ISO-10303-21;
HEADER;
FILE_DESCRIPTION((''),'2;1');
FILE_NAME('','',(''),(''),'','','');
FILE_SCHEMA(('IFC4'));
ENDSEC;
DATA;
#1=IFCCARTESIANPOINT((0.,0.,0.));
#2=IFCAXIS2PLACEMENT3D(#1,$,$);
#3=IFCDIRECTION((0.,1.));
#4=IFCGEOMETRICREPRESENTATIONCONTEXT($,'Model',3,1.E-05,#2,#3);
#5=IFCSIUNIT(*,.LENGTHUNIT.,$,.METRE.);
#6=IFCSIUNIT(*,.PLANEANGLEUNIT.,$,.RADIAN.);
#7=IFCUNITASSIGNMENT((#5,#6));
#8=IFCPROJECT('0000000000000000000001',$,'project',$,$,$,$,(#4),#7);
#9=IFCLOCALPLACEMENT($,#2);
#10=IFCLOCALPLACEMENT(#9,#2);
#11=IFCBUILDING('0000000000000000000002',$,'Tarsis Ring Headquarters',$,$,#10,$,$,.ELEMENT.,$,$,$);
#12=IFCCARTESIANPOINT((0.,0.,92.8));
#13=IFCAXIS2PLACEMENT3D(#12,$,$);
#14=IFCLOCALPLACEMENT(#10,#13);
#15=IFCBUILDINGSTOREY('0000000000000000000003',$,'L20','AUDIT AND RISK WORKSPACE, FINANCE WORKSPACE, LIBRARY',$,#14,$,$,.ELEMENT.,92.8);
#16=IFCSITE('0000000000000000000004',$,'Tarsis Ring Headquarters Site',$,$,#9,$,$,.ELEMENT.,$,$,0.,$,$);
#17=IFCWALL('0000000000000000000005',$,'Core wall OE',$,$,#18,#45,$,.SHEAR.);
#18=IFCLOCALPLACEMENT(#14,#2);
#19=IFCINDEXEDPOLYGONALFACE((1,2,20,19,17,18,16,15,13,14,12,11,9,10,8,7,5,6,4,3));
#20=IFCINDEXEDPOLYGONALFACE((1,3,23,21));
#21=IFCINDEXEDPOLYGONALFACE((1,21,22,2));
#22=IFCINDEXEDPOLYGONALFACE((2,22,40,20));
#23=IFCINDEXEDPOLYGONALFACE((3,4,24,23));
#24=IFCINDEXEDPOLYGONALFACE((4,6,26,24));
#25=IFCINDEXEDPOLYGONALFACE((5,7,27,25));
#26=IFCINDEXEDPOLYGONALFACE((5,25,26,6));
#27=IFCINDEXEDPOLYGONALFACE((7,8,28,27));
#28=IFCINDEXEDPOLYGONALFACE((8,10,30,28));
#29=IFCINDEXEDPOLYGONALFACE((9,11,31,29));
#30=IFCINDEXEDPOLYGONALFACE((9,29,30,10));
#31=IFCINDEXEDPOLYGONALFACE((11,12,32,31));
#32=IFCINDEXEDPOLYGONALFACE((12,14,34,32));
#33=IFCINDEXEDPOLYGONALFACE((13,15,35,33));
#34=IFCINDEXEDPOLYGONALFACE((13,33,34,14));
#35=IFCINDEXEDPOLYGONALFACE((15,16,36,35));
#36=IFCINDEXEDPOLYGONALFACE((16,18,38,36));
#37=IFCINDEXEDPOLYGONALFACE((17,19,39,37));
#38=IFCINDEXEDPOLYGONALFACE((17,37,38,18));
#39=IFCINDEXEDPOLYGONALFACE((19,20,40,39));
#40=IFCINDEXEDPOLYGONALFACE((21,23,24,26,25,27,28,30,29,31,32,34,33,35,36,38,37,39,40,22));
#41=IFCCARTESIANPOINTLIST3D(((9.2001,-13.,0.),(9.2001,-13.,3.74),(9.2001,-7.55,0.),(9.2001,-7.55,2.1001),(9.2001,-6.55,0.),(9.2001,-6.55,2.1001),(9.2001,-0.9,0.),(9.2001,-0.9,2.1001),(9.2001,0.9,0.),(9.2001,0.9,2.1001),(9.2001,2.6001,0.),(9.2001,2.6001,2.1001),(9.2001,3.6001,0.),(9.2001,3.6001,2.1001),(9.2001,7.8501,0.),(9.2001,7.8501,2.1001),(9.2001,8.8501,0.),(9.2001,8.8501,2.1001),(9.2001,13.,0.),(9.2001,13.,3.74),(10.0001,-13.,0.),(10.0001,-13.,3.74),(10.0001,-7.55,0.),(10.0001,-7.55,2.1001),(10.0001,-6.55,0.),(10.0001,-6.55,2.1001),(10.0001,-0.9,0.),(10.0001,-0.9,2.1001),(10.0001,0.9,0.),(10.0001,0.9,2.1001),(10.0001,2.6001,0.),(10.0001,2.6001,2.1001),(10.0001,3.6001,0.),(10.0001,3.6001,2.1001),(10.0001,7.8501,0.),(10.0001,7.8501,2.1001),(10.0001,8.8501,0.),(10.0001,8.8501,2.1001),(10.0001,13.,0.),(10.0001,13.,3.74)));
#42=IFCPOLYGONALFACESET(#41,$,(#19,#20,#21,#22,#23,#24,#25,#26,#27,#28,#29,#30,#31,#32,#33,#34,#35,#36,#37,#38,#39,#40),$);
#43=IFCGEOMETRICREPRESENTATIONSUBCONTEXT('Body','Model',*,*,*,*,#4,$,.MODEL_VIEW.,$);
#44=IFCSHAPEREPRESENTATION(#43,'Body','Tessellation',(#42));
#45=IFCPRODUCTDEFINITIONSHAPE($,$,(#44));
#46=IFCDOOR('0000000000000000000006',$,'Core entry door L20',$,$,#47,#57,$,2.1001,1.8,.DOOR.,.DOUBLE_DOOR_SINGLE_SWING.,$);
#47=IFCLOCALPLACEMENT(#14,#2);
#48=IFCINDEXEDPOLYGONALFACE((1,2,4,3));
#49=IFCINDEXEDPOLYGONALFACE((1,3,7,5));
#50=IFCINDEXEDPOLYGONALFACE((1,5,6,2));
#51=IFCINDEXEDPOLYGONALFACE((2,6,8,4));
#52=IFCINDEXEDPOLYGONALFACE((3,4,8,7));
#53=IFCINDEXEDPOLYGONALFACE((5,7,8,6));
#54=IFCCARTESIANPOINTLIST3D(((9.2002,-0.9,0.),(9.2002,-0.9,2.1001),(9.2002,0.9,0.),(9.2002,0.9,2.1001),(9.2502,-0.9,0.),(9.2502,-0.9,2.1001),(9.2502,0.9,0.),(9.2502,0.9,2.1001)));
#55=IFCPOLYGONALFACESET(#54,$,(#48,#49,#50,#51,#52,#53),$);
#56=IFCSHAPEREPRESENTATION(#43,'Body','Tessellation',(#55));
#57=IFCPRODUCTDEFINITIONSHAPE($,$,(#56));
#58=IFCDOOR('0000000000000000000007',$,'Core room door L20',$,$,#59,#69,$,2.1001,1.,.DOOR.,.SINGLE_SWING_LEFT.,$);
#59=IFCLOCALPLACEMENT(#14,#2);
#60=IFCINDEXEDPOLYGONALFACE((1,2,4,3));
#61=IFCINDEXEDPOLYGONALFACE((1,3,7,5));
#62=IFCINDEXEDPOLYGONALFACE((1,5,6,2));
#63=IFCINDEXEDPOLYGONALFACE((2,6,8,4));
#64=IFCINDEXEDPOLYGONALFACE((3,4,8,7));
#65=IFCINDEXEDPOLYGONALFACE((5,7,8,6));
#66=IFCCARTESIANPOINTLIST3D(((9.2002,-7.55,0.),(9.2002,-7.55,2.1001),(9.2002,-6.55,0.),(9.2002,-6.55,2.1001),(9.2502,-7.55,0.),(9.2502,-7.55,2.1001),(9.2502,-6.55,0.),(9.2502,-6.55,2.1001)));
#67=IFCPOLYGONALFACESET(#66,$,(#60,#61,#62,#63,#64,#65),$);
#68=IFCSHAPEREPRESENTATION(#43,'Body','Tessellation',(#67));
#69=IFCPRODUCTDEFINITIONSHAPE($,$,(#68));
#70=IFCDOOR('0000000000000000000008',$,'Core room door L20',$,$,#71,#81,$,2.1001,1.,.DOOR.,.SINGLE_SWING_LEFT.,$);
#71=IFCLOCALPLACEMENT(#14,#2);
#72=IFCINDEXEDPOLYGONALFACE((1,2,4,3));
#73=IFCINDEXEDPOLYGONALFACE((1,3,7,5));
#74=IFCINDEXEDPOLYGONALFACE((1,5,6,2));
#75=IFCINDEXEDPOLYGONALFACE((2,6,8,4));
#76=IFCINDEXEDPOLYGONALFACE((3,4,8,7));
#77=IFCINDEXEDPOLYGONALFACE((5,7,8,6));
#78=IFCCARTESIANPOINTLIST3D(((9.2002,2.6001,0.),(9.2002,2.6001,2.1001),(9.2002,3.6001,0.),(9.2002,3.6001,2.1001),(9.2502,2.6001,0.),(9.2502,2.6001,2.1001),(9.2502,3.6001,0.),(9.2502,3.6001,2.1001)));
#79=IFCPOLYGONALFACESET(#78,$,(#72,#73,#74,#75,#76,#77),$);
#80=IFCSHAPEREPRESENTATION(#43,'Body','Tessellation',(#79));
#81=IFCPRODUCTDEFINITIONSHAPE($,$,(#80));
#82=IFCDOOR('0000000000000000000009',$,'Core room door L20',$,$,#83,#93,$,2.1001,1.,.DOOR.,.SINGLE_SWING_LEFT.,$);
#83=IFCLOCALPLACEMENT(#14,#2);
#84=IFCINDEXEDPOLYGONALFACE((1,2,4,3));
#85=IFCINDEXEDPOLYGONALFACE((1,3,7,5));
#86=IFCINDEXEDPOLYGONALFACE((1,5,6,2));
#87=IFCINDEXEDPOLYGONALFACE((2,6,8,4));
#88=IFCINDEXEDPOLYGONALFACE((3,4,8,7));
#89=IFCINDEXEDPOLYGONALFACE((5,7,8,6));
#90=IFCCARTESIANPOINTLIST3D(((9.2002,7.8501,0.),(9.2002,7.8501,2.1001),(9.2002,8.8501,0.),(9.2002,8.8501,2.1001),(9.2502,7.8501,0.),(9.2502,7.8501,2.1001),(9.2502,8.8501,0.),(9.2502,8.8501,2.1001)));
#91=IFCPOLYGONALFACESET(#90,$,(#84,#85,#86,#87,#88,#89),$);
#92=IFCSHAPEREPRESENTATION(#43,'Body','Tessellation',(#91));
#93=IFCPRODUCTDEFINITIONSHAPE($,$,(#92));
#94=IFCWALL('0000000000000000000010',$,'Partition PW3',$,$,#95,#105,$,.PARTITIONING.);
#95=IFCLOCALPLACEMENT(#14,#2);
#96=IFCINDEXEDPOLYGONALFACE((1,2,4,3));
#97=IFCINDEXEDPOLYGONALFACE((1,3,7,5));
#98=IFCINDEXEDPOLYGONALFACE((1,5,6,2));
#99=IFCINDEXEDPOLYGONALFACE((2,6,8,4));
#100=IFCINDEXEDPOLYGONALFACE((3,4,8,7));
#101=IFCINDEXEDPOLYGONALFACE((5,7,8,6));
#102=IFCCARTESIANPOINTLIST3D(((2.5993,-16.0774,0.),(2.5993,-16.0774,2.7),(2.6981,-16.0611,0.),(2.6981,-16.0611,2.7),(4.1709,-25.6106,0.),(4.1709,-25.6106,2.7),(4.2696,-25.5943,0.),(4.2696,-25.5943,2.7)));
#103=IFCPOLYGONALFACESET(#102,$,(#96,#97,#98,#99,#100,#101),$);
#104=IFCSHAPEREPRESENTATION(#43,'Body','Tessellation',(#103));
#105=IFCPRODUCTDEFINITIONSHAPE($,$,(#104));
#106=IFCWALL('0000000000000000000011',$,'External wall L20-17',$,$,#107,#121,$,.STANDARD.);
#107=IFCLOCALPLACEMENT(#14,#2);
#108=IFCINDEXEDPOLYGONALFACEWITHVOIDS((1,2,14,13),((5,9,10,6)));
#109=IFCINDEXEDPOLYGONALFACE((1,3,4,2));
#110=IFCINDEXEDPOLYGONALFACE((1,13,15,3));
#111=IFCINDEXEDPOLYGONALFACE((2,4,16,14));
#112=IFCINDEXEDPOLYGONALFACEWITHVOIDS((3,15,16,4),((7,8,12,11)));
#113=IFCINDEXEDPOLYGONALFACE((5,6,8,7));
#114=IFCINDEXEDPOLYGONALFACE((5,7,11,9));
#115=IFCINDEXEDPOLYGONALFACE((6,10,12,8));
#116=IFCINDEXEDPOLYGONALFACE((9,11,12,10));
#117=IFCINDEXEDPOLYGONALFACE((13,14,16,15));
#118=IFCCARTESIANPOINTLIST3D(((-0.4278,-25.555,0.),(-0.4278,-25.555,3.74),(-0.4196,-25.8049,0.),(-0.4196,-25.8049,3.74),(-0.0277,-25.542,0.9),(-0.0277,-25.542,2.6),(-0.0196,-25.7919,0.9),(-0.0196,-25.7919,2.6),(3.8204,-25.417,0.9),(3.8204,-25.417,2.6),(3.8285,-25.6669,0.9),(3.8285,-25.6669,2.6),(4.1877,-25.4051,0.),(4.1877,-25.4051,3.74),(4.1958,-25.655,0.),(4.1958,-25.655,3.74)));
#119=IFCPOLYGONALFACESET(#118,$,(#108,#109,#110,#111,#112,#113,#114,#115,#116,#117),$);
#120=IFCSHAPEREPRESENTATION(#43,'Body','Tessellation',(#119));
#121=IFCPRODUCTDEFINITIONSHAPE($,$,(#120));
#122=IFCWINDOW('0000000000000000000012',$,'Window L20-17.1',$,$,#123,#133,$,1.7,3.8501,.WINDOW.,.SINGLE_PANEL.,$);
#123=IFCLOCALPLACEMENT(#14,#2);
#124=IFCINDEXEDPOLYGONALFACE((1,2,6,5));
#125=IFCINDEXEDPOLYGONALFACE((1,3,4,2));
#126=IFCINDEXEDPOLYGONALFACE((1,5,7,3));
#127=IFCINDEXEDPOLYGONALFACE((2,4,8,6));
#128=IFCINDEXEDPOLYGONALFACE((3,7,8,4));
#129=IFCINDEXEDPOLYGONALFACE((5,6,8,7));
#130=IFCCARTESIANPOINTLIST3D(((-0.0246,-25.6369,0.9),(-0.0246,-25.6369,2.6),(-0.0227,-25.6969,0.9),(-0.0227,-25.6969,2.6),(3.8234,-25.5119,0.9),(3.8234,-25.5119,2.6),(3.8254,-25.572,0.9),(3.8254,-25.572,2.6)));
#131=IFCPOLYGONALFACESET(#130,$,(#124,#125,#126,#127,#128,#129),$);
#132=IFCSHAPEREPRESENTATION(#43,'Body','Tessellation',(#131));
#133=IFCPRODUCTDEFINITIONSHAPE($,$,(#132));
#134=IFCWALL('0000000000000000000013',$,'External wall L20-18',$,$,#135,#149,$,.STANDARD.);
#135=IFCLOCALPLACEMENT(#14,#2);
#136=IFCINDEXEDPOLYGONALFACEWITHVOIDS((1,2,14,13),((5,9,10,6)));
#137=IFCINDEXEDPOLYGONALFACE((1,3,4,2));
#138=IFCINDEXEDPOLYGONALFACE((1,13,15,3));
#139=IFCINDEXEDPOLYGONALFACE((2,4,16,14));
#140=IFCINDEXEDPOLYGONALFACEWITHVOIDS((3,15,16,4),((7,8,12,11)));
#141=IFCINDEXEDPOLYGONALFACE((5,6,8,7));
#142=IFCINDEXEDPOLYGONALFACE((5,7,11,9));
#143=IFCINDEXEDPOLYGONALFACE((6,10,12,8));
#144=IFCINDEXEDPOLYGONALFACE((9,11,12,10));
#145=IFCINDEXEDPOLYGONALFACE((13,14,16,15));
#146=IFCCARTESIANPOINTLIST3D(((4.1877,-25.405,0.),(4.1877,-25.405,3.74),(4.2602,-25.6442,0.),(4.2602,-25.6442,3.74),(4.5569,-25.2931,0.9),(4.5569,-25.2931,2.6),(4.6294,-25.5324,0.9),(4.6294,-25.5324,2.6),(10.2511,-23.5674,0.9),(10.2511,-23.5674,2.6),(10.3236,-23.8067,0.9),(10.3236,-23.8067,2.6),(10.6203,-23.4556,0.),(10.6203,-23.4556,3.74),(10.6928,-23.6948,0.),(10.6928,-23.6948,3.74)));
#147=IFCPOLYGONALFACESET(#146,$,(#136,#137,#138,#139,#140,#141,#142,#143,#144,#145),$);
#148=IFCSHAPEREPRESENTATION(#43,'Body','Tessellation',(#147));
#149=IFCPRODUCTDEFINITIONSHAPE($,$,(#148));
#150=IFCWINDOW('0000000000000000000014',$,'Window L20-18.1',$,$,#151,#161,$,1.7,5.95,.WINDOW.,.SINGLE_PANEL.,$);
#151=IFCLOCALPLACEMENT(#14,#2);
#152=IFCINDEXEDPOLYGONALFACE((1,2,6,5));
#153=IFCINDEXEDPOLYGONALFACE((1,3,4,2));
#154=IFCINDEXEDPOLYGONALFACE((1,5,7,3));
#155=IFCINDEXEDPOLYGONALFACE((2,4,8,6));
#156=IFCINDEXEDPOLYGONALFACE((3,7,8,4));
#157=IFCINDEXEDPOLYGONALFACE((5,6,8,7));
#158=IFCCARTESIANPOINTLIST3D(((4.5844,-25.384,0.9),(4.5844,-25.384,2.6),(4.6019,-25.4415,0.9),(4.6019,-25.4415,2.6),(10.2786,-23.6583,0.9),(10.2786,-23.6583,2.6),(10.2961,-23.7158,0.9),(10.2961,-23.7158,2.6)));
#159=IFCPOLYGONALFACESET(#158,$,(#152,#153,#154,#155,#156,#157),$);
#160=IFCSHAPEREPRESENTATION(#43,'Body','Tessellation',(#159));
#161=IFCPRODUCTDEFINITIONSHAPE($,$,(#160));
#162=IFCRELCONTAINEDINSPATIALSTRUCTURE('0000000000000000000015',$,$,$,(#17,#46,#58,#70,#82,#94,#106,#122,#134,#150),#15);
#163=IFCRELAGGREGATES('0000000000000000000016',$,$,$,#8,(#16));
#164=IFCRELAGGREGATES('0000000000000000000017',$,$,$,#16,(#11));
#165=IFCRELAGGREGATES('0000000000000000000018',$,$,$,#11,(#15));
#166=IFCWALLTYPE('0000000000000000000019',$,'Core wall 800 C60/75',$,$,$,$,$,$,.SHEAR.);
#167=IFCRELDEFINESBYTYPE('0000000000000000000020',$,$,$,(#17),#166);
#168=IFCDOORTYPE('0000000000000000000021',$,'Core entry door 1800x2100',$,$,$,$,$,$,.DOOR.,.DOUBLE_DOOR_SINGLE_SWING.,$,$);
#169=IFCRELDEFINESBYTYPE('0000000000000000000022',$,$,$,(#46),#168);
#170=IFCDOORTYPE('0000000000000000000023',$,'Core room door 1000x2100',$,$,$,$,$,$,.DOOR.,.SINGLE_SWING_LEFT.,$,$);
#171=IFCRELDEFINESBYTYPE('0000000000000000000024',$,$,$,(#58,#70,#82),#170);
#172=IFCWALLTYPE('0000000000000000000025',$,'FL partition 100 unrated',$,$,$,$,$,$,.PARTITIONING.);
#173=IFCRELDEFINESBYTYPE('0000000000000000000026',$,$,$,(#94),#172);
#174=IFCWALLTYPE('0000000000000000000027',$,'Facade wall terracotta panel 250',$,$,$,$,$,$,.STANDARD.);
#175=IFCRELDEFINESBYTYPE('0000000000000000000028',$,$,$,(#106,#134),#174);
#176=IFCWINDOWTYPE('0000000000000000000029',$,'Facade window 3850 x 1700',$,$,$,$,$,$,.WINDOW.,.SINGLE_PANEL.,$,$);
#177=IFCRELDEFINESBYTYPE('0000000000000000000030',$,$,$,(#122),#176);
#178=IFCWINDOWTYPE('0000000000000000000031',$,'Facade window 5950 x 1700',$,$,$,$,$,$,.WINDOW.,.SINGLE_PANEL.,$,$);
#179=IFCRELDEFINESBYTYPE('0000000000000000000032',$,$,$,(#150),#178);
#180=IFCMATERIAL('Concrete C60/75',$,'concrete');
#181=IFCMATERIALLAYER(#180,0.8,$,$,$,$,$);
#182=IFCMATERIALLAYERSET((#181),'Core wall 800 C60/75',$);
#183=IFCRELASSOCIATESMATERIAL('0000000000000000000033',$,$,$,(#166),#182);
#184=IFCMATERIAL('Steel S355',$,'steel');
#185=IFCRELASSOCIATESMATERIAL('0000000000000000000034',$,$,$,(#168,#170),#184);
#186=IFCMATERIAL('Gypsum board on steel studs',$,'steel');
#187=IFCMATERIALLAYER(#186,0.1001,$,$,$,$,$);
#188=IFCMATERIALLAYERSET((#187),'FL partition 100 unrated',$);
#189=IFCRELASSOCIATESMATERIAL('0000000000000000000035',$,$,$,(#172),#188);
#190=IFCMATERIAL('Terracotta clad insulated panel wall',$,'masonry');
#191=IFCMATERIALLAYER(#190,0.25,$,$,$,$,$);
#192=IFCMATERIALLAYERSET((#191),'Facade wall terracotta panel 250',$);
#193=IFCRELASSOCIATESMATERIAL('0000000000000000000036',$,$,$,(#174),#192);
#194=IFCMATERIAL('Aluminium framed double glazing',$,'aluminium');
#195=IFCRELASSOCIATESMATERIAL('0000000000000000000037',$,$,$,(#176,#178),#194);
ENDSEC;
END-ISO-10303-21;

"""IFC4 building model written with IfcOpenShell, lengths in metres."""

from ifc_helpers import new_model, si_unit, direction, frame, frame_2d, origin, place, context, subcontext, project, spatial, rectangle, extrude, material, layer, layer_set, type_object, element, fill, save


model = new_model("IFC4")

# Units and contexts
model_context = context("Model", 3, precision=1e-05, world=origin(), true_north=direction((0.0, 1.0)))
body_context = subcontext(model_context, "Body", "Model", "MODEL_VIEW")
ifc_project = project(units=[si_unit("LENGTHUNIT", "METRE"), si_unit("PLANEANGLEUNIT", "RADIAN")], contexts=[model_context])

# Site, building, storey
site_placement = place(None, origin())
site = spatial("IfcSite", under=ifc_project, at=site_placement, Name="Tarsis Ring Headquarters Site", CompositionType="ELEMENT", RefElevation=0.0)
building_placement = place(site_placement, origin())
building = spatial("IfcBuilding", under=site, at=building_placement, Name="Tarsis Ring Headquarters", CompositionType="ELEMENT")
storey_placement = place(building_placement, frame((0.0, 0.0, 92.8)))
storey = spatial("IfcBuildingStorey", under=building, at=storey_placement, Name="L20", Description="AUDIT AND RISK WORKSPACE, FINANCE WORKSPACE, LIBRARY", CompositionType="ELEMENT", Elevation=92.8)

# Wall, openings, doors
ifc_material_1 = material(Name="Concrete C60/75", Category="concrete")
ifc_layer_1 = layer(ifc_material_1, 0.8)
ifc_layer_set_1 = layer_set([ifc_layer_1], Name="Core wall 800 C60/75")
wall_type_1 = type_object("IfcWallType", Name="Core wall 800 C60/75", PredefinedType="SHEAR", material=ifc_layer_set_1)
wall_1_placement = place(storey_placement, frame((9.6001, -13.0, 0.0), z_axis=(0.0, 0.0, 1.0), x_axis=(0.0, 1.0, 0.0)))
wall_1 = element("IfcWall", 1, at=wall_1_placement, inside=storey, type_object=wall_type_1, Name="Core wall OE", PredefinedType="SHEAR", context=body_context, shape_type="SweptSolid", body=[
    extrude(rectangle(XDim=26.0, YDim=0.8, at=frame_2d((13.0, 0.0))), origin(), (0.0, 0.0, 1.0), 3.74),
])
opening_1_placement = place(wall_1_placement, frame((5.45, 0.0, 0.0)))
opening_1 = element("IfcOpeningElement", 2, at=opening_1_placement, cuts=wall_1, PredefinedType="OPENING", context=body_context, shape_type="SweptSolid", body=[
    extrude(rectangle(XDim=1.0, YDim=2.1001, at=frame_2d((0.5, 1.05))), frame((0.0, 0.4099, 0.0), z_axis=(0.0, -1.0, 0.0), x_axis=(1.0, 0.0, 0.0)), (0.0, 0.0, 1.0), 0.8201),
])
opening_2_placement = place(wall_1_placement, frame((12.1001, 0.0, 0.0)))
opening_2 = element("IfcOpeningElement", 3, at=opening_2_placement, cuts=wall_1, PredefinedType="OPENING", context=body_context, shape_type="SweptSolid", body=[
    extrude(rectangle(XDim=1.8, YDim=2.1001, at=frame_2d((0.8999, 1.05))), frame((0.0, 0.4099, 0.0), z_axis=(0.0, -1.0, 0.0), x_axis=(1.0, 0.0, 0.0)), (0.0, 0.0, 1.0), 0.8201),
])
opening_3_placement = place(wall_1_placement, frame((15.6001, 0.0, 0.0)))
opening_3 = element("IfcOpeningElement", 4, at=opening_3_placement, cuts=wall_1, PredefinedType="OPENING", context=body_context, shape_type="SweptSolid", body=[
    extrude(rectangle(XDim=1.0, YDim=2.1001, at=frame_2d((0.5, 1.05))), frame((0.0, 0.4099, 0.0), z_axis=(0.0, -1.0, 0.0), x_axis=(1.0, 0.0, 0.0)), (0.0, 0.0, 1.0), 0.8201),
])
opening_4_placement = place(wall_1_placement, frame((20.8501, 0.0, 0.0)))
opening_4 = element("IfcOpeningElement", 5, at=opening_4_placement, cuts=wall_1, PredefinedType="OPENING", context=body_context, shape_type="SweptSolid", body=[
    extrude(rectangle(XDim=1.0, YDim=2.1001, at=frame_2d((0.5, 1.05))), frame((0.0, 0.4099, 0.0), z_axis=(0.0, -1.0, 0.0), x_axis=(1.0, 0.0, 0.0)), (0.0, 0.0, 1.0), 0.8201),
])
ifc_material_2 = material(Name="Steel S355", Category="steel")
door_type_1 = type_object("IfcDoorType", Name="Core entry door 1800x2100", OperationType="DOUBLE_DOOR_SINGLE_SWING", PredefinedType="DOOR", material=ifc_material_2)
door_1_placement = place(opening_2_placement, origin())
door_1 = element("IfcDoor", 6, at=door_1_placement, inside=storey, type_object=door_type_1, Name="Core entry door L20", OperationType="DOUBLE_DOOR_SINGLE_SWING", OverallHeight=2.1001, OverallWidth=1.8, PredefinedType="DOOR", context=body_context, shape_type="SweptSolid", body=[
    extrude(rectangle(XDim=1.8, YDim=2.1001, at=frame_2d((0.8999, 1.05))), frame((0.0, 0.3999, 0.0), z_axis=(0.0, -1.0, 0.0), x_axis=(1.0, 0.0, 0.0)), (0.0, 0.0, 1.0), 0.05),
])
fill(opening_2, door_1)
door_type_2 = type_object("IfcDoorType", Name="Core room door 1000x2100", OperationType="SINGLE_SWING_LEFT", PredefinedType="DOOR", material=ifc_material_2)
door_2_placement = place(opening_1_placement, origin())
door_2 = element("IfcDoor", 7, at=door_2_placement, inside=storey, type_object=door_type_2, Name="Core room door L20", OperationType="SINGLE_SWING_LEFT", OverallHeight=2.1001, OverallWidth=1.0, PredefinedType="DOOR", context=body_context, shape_type="SweptSolid", body=[
    extrude(rectangle(XDim=1.0, YDim=2.1001, at=frame_2d((0.5, 1.05))), frame((0.0, 0.3999, 0.0), z_axis=(0.0, -1.0, 0.0), x_axis=(1.0, 0.0, 0.0)), (0.0, 0.0, 1.0), 0.05),
])
fill(opening_1, door_2)
door_3_placement = place(opening_3_placement, origin())
door_3 = element("IfcDoor", 8, at=door_3_placement, inside=storey, type_object=door_type_2, Name="Core room door L20", OperationType="SINGLE_SWING_LEFT", OverallHeight=2.1001, OverallWidth=1.0, PredefinedType="DOOR", context=body_context, shape_type="SweptSolid", body=[
    extrude(rectangle(XDim=1.0, YDim=2.1001, at=frame_2d((0.5, 1.05))), frame((0.0, 0.3999, 0.0), z_axis=(0.0, -1.0, 0.0), x_axis=(1.0, 0.0, 0.0)), (0.0, 0.0, 1.0), 0.05),
])
fill(opening_3, door_3)
door_4_placement = place(opening_4_placement, origin())
door_4 = element("IfcDoor", 9, at=door_4_placement, inside=storey, type_object=door_type_2, Name="Core room door L20", OperationType="SINGLE_SWING_LEFT", OverallHeight=2.1001, OverallWidth=1.0, PredefinedType="DOOR", context=body_context, shape_type="SweptSolid", body=[
    extrude(rectangle(XDim=1.0, YDim=2.1001, at=frame_2d((0.5, 1.05))), frame((0.0, 0.3999, 0.0), z_axis=(0.0, -1.0, 0.0), x_axis=(1.0, 0.0, 0.0)), (0.0, 0.0, 1.0), 0.05),
])
fill(opening_4, door_4)

# Wall
ifc_material_3 = material(Name="Gypsum board on steel studs", Category="steel")
ifc_layer_2 = layer(ifc_material_3, 0.1001)
ifc_layer_set_2 = layer_set([ifc_layer_2], Name="FL partition 100 unrated")
wall_type_2 = type_object("IfcWallType", Name="FL partition 100 unrated", PredefinedType="PARTITIONING", material=ifc_layer_set_2)
wall_2_placement = place(storey_placement, frame((2.6487, -16.0691, 0.0), z_axis=(0.0, 0.0, 1.0), x_axis=(0.162653, -0.986683, 0.0)))
element("IfcWall", 10, at=wall_2_placement, inside=storey, type_object=wall_type_2, Name="Partition PW3", PredefinedType="PARTITIONING", context=body_context, shape_type="SweptSolid", body=[
    extrude(rectangle(XDim=9.6619, YDim=0.1001, at=frame_2d((4.8311, 0.0))), origin(), (0.0, 0.0, 1.0), 2.7),
])

# Walls, openings, windows
ifc_material_4 = material(Name="Terracotta clad insulated panel wall", Category="masonry")
ifc_layer_3 = layer(ifc_material_4, 0.25)
ifc_layer_set_3 = layer_set([ifc_layer_3], Name="Facade wall terracotta panel 250")
wall_type_3 = type_object("IfcWallType", Name="Facade wall terracotta panel 250", PredefinedType="STANDARD", material=ifc_layer_set_3)
wall_3_placement = place(storey_placement, frame((-0.4238, -25.6799, 0.0), z_axis=(0.0, 0.0, 1.0), x_axis=(0.999473, 0.032461, 0.0)))
wall_3 = element("IfcWall", 11, at=wall_3_placement, inside=storey, type_object=wall_type_3, Name="External wall L20-17", PredefinedType="STANDARD", context=body_context, shape_type="SweptSolid", body=[
    extrude(rectangle(XDim=4.6179, YDim=0.25, at=frame_2d((2.3091, 0.0))), origin(), (0.0, 0.0, 1.0), 3.74),
])
opening_5_placement = place(wall_3_placement, frame((0.4004, 0.0, 0.8999)))
opening_5 = element("IfcOpeningElement", 12, at=opening_5_placement, cuts=wall_3, PredefinedType="OPENING", context=body_context, shape_type="SweptSolid", body=[
    extrude(rectangle(XDim=3.8501, YDim=1.7, at=frame_2d((1.925, 0.8501))), frame((0.0, 0.135, 0.0), z_axis=(0.0, -1.0, 0.0), x_axis=(1.0, 0.0, 0.0)), (0.0, 0.0, 1.0), 0.27),
])
ifc_material_5 = material(Name="Aluminium framed double glazing", Category="aluminium")
window_type_1 = type_object("IfcWindowType", Name="Facade window 3850 x 1700", PartitioningType="SINGLE_PANEL", PredefinedType="WINDOW", material=ifc_material_5)
window_1_placement = place(opening_5_placement, origin())
window_1 = element("IfcWindow", 13, at=window_1_placement, inside=storey, type_object=window_type_1, Name="Window L20-17.1", OverallHeight=1.7, OverallWidth=3.8501, PartitioningType="SINGLE_PANEL", PredefinedType="WINDOW", context=body_context, shape_type="SweptSolid", body=[
    extrude(rectangle(XDim=3.8501, YDim=1.7, at=frame_2d((1.925, 0.8501))), frame((0.0, 0.03, 0.0), z_axis=(0.0, -1.0, 0.0), x_axis=(1.0, 0.0, 0.0)), (0.0, 0.0, 1.0), 0.0601),
])
fill(opening_5, window_1)
wall_4_placement = place(storey_placement, frame((4.2239, -25.5247, 0.0), z_axis=(0.0, 0.0, 1.0), x_axis=(0.957017, 0.290033, 0.0)))
wall_4 = element("IfcWall", 14, at=wall_4_placement, inside=storey, type_object=wall_type_3, Name="External wall L20-18", PredefinedType="STANDARD", context=body_context, shape_type="SweptSolid", body=[
    extrude(rectangle(XDim=6.7214, YDim=0.25, at=frame_2d((3.3608, 0.0))), origin(), (0.0, 0.0, 1.0), 3.74),
])
opening_6_placement = place(wall_4_placement, frame((0.3857, 0.0, 0.8999)))
opening_6 = element("IfcOpeningElement", 15, at=opening_6_placement, cuts=wall_4, PredefinedType="OPENING", context=body_context, shape_type="SweptSolid", body=[
    extrude(rectangle(XDim=5.95, YDim=1.7, at=frame_2d((2.9751, 0.8501))), frame((0.0, 0.135, 0.0), z_axis=(0.0, -1.0, 0.0), x_axis=(1.0, 0.0, 0.0)), (0.0, 0.0, 1.0), 0.27),
])
window_type_2 = type_object("IfcWindowType", Name="Facade window 5950 x 1700", PartitioningType="SINGLE_PANEL", PredefinedType="WINDOW", material=ifc_material_5)
window_2_placement = place(opening_6_placement, origin())
window_2 = element("IfcWindow", 16, at=window_2_placement, inside=storey, type_object=window_type_2, Name="Window L20-18.1", OverallHeight=1.7, OverallWidth=5.95, PartitioningType="SINGLE_PANEL", PredefinedType="WINDOW", context=body_context, shape_type="SweptSolid", body=[
    extrude(rectangle(XDim=5.95, YDim=1.7, at=frame_2d((2.9751, 0.8501))), frame((0.0, 0.03, 0.0), z_axis=(0.0, -1.0, 0.0), x_axis=(1.0, 0.0, 0.0)), (0.0, 0.0, 1.0), 0.0601),
])
fill(opening_6, window_2)

save(model, "model.ifc")
